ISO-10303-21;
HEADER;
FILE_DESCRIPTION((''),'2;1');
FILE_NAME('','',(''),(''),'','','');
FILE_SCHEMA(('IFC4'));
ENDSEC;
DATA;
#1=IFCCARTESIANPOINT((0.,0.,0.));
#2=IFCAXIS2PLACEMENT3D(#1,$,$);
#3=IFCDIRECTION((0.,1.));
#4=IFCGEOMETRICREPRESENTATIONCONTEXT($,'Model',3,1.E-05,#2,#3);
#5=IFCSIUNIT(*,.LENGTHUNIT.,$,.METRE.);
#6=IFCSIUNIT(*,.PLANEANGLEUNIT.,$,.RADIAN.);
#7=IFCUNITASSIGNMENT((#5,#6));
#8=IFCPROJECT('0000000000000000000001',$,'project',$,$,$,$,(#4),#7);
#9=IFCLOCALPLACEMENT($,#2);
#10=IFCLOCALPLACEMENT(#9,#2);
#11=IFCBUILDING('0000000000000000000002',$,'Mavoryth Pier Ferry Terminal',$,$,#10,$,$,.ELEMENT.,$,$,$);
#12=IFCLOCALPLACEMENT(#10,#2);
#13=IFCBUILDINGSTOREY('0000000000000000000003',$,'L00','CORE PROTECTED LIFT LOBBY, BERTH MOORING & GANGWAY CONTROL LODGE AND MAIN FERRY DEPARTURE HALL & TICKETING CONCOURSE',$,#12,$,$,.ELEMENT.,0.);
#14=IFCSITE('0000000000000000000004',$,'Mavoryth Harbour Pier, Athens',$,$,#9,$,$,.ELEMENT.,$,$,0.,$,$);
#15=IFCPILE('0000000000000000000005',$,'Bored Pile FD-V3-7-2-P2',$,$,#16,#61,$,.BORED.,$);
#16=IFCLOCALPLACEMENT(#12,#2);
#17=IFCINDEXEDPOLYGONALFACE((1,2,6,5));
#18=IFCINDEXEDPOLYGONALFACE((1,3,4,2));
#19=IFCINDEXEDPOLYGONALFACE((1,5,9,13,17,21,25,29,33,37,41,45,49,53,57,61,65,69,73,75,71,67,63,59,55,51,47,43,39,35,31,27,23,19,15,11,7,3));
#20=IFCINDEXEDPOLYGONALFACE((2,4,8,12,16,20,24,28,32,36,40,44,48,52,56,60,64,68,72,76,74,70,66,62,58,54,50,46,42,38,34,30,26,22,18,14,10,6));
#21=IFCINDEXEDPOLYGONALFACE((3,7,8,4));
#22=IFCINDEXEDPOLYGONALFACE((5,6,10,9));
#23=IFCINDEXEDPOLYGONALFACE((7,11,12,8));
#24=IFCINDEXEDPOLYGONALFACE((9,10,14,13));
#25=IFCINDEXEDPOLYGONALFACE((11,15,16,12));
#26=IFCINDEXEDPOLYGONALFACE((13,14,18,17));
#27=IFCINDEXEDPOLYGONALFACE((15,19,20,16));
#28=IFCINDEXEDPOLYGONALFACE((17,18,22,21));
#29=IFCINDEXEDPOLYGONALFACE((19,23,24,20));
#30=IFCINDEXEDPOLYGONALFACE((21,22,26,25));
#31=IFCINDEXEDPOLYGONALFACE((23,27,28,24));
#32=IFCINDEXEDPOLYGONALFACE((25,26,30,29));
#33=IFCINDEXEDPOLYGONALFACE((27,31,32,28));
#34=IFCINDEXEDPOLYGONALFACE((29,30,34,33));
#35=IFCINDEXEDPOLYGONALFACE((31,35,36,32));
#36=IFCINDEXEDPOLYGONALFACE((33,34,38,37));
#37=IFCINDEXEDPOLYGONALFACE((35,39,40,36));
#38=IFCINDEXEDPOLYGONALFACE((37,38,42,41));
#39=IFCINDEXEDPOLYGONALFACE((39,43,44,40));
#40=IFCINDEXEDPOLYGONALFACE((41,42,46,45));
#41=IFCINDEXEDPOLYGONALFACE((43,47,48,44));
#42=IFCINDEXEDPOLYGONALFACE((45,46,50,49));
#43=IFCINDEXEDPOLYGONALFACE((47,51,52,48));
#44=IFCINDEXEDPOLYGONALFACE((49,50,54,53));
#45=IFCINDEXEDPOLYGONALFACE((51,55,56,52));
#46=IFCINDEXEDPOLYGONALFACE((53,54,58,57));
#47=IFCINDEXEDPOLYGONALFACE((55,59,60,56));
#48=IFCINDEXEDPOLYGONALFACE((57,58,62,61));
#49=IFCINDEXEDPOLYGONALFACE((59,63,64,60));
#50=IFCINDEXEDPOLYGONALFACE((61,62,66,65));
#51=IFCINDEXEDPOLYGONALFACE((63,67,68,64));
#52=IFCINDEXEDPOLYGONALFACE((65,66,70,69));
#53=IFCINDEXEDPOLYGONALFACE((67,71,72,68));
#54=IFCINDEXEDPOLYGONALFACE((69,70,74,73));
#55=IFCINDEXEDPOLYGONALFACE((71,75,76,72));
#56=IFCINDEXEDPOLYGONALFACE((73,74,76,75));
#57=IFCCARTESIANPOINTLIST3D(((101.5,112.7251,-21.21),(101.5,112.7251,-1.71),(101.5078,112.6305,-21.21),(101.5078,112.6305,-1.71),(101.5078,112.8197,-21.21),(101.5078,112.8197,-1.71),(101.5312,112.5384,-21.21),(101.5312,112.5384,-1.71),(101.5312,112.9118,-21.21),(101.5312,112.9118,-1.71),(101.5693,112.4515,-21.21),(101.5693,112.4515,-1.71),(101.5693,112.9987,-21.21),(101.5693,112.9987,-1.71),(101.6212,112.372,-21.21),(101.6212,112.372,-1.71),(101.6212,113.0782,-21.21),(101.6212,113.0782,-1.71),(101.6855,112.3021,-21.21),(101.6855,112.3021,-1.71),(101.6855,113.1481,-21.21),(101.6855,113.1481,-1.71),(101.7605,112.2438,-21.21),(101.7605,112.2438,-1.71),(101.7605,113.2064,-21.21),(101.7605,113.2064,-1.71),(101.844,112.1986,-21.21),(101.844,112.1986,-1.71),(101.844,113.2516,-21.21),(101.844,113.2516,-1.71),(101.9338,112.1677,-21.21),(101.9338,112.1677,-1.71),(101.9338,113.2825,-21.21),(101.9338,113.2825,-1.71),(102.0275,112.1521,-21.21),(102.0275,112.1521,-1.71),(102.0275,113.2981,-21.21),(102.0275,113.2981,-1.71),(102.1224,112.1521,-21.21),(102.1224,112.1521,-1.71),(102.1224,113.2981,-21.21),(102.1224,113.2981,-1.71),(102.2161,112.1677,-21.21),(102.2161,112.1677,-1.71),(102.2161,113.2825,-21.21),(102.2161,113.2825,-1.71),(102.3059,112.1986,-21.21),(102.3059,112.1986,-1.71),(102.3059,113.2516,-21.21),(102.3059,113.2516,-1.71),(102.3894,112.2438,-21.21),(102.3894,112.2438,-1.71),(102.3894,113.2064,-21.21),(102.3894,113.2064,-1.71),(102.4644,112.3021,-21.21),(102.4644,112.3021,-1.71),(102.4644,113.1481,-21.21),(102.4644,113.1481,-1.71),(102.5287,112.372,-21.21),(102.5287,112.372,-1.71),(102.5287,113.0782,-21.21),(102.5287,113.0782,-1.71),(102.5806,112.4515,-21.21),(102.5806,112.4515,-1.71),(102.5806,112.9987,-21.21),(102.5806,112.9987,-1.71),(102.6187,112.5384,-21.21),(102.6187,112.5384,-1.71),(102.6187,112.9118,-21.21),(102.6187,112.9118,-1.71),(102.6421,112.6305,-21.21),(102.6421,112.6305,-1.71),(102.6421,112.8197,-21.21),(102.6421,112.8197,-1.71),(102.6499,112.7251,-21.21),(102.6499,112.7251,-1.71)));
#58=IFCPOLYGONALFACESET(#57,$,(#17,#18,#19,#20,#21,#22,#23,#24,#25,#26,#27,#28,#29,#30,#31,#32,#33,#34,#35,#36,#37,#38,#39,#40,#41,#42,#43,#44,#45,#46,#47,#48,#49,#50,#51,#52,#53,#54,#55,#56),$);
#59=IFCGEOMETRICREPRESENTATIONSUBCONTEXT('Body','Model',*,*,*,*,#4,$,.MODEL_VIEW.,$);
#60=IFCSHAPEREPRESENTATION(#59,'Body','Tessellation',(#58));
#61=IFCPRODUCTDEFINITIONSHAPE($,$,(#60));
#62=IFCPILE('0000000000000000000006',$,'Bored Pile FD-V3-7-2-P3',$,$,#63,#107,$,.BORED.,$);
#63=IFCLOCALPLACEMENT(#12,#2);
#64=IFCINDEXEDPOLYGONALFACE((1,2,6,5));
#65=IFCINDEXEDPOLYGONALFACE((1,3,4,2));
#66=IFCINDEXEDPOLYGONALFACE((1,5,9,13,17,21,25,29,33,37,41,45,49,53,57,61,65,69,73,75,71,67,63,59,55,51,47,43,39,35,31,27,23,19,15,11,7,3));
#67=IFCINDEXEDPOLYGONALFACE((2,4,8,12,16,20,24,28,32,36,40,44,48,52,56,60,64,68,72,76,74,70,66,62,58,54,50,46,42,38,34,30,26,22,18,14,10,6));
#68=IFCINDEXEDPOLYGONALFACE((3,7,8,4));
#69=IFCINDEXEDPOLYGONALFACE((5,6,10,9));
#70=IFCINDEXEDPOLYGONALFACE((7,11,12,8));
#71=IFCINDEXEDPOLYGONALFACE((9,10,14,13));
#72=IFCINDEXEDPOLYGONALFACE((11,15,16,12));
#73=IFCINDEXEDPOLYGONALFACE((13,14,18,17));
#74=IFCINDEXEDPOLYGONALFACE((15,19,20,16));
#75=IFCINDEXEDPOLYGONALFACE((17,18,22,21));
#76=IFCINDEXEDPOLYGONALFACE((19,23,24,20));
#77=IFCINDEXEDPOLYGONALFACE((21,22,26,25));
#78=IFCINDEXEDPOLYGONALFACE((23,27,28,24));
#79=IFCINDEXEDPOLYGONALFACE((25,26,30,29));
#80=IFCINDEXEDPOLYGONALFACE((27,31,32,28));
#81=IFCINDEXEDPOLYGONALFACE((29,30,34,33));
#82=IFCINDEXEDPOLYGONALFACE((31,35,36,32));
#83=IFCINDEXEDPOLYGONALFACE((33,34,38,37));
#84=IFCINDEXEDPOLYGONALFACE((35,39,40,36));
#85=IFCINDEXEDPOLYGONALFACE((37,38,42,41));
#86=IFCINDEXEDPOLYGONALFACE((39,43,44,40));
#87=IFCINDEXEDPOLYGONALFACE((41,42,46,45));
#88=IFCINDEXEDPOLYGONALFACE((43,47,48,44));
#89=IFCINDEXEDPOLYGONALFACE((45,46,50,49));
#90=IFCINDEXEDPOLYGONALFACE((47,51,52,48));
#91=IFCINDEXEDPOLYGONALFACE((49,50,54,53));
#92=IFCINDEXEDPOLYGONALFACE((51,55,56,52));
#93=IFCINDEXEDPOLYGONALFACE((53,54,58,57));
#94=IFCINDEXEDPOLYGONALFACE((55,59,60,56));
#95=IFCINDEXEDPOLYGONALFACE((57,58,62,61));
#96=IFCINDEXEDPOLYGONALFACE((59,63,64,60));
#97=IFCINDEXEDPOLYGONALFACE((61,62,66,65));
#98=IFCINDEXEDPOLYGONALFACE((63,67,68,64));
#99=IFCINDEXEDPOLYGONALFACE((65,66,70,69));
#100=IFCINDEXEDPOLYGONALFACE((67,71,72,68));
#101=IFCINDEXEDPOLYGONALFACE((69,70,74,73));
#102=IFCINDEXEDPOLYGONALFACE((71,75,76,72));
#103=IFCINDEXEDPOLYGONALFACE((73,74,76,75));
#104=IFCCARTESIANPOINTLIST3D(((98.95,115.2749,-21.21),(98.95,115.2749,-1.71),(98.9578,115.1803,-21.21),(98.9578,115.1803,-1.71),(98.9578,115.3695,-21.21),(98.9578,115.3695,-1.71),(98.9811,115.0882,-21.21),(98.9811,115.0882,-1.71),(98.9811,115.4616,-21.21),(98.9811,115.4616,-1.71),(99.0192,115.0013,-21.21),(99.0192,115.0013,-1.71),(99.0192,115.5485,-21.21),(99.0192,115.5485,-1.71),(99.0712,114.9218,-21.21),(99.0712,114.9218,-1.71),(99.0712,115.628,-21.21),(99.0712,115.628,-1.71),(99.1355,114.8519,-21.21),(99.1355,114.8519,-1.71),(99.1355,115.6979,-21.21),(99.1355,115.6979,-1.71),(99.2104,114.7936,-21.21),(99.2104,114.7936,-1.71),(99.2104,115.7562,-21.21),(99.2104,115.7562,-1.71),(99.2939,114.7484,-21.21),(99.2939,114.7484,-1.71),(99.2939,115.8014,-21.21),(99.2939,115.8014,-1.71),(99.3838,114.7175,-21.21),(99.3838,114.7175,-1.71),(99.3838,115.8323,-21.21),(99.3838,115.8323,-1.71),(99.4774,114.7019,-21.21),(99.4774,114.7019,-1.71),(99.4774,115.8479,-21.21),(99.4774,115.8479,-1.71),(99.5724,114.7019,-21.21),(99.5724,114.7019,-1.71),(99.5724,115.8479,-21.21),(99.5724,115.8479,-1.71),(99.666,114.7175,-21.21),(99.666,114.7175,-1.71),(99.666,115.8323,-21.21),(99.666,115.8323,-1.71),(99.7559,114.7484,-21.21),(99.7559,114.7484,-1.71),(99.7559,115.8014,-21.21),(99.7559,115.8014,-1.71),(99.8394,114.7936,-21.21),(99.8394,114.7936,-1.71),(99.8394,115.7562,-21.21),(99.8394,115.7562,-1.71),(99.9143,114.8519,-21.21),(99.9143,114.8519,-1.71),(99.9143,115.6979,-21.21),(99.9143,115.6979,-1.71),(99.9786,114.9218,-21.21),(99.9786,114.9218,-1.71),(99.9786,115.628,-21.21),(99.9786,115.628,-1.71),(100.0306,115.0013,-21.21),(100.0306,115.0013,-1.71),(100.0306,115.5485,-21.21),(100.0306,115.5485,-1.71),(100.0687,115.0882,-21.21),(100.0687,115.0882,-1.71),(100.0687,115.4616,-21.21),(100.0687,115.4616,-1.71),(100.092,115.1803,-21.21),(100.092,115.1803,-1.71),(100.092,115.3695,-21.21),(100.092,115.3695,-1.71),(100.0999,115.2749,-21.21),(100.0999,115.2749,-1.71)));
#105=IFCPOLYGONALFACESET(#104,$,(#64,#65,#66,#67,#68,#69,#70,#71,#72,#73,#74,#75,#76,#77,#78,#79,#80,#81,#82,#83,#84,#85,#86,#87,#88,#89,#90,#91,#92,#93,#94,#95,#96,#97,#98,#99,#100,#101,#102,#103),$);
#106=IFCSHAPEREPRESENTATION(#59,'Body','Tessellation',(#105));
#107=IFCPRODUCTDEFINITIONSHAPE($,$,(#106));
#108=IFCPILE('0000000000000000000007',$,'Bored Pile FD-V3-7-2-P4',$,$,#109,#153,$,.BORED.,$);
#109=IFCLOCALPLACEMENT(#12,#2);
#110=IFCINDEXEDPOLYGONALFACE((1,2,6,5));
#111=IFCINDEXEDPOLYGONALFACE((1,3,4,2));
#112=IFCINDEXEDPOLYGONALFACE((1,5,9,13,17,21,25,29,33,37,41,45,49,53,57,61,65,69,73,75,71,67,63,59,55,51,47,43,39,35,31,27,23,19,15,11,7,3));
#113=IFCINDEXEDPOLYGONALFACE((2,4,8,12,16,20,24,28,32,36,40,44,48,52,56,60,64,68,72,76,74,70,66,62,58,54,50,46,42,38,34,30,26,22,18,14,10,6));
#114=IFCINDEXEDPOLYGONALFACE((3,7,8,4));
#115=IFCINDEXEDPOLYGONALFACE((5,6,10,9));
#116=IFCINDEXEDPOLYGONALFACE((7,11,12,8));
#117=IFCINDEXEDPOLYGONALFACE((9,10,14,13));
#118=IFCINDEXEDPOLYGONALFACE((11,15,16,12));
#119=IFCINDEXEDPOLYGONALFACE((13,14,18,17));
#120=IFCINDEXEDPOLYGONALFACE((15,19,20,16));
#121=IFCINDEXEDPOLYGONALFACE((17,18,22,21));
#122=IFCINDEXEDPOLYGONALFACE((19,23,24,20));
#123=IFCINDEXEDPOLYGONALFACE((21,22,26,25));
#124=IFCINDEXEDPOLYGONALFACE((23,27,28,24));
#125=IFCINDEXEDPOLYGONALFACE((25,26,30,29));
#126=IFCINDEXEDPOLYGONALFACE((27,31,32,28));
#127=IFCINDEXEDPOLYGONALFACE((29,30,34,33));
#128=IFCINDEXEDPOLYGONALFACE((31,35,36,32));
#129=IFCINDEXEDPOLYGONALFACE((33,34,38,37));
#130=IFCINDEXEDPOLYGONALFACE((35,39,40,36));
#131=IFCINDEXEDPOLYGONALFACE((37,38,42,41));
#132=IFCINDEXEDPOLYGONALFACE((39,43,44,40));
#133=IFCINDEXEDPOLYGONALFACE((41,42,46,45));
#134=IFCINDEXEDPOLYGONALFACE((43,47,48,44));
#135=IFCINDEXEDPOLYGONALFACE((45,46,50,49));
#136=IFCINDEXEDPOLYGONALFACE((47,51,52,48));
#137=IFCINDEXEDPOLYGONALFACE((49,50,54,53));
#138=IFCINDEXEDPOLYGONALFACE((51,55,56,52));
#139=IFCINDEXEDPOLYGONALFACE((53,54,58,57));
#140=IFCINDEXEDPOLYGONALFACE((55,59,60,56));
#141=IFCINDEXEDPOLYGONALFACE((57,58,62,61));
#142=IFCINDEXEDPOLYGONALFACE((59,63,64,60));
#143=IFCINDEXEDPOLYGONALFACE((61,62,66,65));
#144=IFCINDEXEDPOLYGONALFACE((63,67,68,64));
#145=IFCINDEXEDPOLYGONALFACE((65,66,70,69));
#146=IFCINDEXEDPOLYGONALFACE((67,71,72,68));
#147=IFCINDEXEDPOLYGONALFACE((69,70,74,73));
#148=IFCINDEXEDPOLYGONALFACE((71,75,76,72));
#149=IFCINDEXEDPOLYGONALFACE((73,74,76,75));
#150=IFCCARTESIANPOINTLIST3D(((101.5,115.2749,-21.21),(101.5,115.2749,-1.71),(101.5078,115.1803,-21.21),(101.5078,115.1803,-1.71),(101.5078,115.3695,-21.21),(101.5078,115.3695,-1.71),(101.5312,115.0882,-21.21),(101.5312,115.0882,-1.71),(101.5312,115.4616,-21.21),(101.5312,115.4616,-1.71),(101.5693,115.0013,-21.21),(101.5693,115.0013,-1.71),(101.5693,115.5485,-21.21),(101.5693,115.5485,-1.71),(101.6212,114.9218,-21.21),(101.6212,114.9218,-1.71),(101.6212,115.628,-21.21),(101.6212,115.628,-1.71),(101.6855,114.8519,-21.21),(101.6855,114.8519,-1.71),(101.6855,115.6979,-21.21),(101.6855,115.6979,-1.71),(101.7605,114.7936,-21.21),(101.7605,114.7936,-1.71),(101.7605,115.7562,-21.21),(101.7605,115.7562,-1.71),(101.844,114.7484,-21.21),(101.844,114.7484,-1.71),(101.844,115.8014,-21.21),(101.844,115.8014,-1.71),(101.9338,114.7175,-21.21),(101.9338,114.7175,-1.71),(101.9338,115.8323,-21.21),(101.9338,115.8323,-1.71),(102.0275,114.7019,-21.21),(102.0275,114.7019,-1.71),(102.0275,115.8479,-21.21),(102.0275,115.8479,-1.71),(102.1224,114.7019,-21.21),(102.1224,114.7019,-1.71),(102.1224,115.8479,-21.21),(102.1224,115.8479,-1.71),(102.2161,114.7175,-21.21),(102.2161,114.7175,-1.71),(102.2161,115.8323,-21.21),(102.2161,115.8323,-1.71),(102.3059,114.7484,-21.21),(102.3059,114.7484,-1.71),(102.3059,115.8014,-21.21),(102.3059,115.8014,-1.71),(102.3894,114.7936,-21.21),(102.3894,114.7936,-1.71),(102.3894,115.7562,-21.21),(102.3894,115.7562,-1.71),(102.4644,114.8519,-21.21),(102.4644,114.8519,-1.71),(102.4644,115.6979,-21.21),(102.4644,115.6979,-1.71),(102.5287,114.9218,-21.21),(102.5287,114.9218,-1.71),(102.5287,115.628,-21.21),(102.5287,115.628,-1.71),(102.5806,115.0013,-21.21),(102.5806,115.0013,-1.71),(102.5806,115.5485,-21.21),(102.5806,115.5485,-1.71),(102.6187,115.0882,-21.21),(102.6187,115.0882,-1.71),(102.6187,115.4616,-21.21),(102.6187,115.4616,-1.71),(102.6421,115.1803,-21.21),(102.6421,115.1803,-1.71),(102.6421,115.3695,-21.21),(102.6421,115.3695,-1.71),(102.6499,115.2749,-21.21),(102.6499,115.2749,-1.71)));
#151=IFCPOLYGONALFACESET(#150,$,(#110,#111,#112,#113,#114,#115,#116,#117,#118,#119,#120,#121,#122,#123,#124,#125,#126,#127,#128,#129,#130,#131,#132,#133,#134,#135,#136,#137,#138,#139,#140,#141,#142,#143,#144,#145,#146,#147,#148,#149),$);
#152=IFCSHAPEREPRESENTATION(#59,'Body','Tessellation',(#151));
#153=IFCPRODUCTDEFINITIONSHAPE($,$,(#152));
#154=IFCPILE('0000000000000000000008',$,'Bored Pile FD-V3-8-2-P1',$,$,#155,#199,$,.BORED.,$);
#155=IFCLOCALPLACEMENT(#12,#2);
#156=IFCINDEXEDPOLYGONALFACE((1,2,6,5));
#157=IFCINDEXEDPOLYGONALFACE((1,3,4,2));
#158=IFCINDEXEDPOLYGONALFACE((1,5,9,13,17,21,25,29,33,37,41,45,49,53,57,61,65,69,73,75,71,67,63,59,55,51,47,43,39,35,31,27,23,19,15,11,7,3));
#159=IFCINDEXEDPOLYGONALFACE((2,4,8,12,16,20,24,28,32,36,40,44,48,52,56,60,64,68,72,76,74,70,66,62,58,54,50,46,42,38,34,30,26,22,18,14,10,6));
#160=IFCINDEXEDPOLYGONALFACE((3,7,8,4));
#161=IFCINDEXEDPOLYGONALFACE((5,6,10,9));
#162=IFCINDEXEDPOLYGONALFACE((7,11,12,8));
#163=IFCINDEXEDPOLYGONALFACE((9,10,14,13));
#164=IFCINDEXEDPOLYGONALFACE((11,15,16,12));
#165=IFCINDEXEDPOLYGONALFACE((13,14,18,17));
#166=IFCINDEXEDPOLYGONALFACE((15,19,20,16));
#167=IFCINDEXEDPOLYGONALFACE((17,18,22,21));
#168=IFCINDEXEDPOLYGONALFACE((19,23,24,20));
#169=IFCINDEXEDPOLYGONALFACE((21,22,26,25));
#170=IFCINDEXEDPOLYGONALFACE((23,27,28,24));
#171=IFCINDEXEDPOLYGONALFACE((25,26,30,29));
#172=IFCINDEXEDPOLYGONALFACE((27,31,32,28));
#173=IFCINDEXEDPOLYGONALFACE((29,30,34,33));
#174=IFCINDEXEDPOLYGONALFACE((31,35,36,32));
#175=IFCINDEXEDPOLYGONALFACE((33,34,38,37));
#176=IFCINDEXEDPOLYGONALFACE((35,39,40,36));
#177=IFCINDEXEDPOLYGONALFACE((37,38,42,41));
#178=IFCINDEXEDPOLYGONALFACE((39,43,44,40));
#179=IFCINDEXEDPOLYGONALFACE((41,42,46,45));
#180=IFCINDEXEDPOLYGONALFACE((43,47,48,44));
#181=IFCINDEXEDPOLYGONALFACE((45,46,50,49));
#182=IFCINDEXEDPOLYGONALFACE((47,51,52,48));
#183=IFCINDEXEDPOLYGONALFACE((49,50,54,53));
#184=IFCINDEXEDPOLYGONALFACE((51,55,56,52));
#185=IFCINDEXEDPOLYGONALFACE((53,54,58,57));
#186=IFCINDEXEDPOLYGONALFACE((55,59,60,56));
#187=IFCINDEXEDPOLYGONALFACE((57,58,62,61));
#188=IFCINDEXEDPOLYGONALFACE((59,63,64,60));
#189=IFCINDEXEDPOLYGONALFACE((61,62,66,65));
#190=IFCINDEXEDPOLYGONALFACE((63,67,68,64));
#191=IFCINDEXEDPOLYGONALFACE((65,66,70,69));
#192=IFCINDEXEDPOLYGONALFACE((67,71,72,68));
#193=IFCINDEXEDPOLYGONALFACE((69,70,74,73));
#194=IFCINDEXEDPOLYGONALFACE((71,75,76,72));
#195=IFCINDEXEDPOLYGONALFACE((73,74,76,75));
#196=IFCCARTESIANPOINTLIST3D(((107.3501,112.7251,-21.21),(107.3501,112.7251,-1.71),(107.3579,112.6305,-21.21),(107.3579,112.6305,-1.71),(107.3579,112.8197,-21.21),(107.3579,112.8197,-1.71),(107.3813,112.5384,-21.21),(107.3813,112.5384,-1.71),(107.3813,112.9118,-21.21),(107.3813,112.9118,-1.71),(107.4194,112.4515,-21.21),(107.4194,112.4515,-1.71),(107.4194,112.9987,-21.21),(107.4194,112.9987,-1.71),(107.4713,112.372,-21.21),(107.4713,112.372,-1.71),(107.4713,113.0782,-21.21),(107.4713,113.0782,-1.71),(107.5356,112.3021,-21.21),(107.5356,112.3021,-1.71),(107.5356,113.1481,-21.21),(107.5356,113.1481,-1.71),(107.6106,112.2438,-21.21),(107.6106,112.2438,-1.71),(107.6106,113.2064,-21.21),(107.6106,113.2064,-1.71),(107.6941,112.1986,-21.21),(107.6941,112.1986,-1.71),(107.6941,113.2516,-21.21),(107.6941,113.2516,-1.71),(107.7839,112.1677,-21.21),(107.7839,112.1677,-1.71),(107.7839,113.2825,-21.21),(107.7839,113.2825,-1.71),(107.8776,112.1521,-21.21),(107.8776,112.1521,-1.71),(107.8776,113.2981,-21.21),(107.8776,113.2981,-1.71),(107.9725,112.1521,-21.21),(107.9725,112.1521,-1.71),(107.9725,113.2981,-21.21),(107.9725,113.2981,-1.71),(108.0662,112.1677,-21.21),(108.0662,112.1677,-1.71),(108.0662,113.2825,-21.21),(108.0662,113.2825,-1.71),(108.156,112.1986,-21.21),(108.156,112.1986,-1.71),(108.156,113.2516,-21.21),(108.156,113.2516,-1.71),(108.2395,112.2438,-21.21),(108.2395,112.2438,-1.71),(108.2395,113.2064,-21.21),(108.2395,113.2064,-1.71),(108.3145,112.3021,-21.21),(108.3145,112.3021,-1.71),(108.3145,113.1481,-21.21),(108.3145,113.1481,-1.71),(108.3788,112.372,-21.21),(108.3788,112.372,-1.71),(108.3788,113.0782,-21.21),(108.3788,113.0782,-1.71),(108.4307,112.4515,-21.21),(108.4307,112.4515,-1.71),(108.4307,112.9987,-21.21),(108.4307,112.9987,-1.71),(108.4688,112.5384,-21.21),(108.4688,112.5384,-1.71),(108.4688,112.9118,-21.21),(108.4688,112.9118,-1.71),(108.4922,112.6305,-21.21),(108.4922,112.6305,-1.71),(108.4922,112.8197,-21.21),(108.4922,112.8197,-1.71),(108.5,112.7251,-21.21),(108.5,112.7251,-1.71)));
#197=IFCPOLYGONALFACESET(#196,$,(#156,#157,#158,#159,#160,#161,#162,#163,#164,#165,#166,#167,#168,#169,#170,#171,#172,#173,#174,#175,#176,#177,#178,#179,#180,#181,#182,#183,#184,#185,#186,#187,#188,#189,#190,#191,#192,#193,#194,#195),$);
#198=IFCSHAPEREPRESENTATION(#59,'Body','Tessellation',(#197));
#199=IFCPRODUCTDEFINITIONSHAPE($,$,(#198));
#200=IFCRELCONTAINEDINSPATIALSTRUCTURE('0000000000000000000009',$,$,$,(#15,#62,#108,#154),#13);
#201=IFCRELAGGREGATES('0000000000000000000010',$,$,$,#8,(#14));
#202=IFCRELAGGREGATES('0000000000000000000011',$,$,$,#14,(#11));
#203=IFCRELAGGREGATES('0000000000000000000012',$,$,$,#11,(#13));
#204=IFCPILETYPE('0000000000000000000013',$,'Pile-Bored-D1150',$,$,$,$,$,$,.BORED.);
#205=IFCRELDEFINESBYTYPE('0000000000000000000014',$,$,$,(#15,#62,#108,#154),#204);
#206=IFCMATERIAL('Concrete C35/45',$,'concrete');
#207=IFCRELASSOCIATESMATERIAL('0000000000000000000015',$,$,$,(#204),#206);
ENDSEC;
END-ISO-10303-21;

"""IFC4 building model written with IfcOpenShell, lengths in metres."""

from ifc_helpers import new_model, si_unit, direction, frame, origin, origin_2d, place, context, subcontext, project, spatial, circle, extrude, material, material_profile, profile_set, type_object, element, save


model = new_model("IFC4")

# Units and contexts
model_context = context("Model", 3, precision=1e-05, world=origin(), true_north=direction((0.0, 1.0)))
body_context = subcontext(model_context, "Body", "Model", "MODEL_VIEW")
ifc_project = project(units=[si_unit("LENGTHUNIT", "METRE"), si_unit("PLANEANGLEUNIT", "RADIAN")], contexts=[model_context])

# Site, building, storey
site_placement = place(None, origin())
site = spatial("IfcSite", under=ifc_project, at=site_placement, Name="Mavoryth Harbour Pier, Athens", CompositionType="ELEMENT", RefElevation=0.0)
building_placement = place(site_placement, origin())
building = spatial("IfcBuilding", under=site, at=building_placement, Name="Mavoryth Pier Ferry Terminal", CompositionType="ELEMENT")
storey_placement = place(building_placement, origin())
storey = spatial("IfcBuildingStorey", under=building, at=storey_placement, Name="L00", Description="CORE PROTECTED LIFT LOBBY, BERTH MOORING & GANGWAY CONTROL LODGE AND MAIN FERRY DEPARTURE HALL & TICKETING CONCOURSE", CompositionType="ELEMENT", Elevation=0.0)

# Shared definitions
ifc_material_1 = material(Name="Concrete C35/45", Category="concrete")

# Piles
ifc_material_profile_1 = material_profile(ifc_material_1, circle(Radius=0.575, at=origin_2d()), Name="PILE D1150", Category="concrete")
ifc_profile_set_1 = profile_set([ifc_material_profile_1], Name="Concrete C35/45 - PILE D1150")
pile_type_1 = type_object("IfcPileType", Name="Pile-Bored-D1150", PredefinedType="BORED", material=ifc_profile_set_1)
for number, where, z_axis, x_axis, name in (
    (1, (102.075, 112.7251, -1.71), (0.0, 0.0, -1.0), (1.0, 0.0, 0.0), "Bored Pile FD-V3-7-2-P2"),
    (2, (99.5249, 115.2749, -1.71), (0.0, 0.0, -1.0), (1.0, 0.0, 0.0), "Bored Pile FD-V3-7-2-P3"),
    (3, (102.075, 115.2749, -1.71), (0.0, 0.0, -1.0), (1.0, 0.0, 0.0), "Bored Pile FD-V3-7-2-P4"),
    (4, (107.925, 112.7251, -1.71), (0.0, 0.0, -1.0), (1.0, 0.0, 0.0), "Bored Pile FD-V3-8-2-P1"),
):
    element("IfcPile", number, at=place(storey_placement, frame(where, z_axis=z_axis, x_axis=x_axis)), inside=storey, type_object=pile_type_1, Name=name, PredefinedType="BORED", context=body_context, shape_type="SweptSolid", body=[
        extrude(circle(Radius=0.575, at=origin_2d()), origin(), (0.0, 0.0, 1.0), 19.5),
    ])

save(model, "model.ifc")
